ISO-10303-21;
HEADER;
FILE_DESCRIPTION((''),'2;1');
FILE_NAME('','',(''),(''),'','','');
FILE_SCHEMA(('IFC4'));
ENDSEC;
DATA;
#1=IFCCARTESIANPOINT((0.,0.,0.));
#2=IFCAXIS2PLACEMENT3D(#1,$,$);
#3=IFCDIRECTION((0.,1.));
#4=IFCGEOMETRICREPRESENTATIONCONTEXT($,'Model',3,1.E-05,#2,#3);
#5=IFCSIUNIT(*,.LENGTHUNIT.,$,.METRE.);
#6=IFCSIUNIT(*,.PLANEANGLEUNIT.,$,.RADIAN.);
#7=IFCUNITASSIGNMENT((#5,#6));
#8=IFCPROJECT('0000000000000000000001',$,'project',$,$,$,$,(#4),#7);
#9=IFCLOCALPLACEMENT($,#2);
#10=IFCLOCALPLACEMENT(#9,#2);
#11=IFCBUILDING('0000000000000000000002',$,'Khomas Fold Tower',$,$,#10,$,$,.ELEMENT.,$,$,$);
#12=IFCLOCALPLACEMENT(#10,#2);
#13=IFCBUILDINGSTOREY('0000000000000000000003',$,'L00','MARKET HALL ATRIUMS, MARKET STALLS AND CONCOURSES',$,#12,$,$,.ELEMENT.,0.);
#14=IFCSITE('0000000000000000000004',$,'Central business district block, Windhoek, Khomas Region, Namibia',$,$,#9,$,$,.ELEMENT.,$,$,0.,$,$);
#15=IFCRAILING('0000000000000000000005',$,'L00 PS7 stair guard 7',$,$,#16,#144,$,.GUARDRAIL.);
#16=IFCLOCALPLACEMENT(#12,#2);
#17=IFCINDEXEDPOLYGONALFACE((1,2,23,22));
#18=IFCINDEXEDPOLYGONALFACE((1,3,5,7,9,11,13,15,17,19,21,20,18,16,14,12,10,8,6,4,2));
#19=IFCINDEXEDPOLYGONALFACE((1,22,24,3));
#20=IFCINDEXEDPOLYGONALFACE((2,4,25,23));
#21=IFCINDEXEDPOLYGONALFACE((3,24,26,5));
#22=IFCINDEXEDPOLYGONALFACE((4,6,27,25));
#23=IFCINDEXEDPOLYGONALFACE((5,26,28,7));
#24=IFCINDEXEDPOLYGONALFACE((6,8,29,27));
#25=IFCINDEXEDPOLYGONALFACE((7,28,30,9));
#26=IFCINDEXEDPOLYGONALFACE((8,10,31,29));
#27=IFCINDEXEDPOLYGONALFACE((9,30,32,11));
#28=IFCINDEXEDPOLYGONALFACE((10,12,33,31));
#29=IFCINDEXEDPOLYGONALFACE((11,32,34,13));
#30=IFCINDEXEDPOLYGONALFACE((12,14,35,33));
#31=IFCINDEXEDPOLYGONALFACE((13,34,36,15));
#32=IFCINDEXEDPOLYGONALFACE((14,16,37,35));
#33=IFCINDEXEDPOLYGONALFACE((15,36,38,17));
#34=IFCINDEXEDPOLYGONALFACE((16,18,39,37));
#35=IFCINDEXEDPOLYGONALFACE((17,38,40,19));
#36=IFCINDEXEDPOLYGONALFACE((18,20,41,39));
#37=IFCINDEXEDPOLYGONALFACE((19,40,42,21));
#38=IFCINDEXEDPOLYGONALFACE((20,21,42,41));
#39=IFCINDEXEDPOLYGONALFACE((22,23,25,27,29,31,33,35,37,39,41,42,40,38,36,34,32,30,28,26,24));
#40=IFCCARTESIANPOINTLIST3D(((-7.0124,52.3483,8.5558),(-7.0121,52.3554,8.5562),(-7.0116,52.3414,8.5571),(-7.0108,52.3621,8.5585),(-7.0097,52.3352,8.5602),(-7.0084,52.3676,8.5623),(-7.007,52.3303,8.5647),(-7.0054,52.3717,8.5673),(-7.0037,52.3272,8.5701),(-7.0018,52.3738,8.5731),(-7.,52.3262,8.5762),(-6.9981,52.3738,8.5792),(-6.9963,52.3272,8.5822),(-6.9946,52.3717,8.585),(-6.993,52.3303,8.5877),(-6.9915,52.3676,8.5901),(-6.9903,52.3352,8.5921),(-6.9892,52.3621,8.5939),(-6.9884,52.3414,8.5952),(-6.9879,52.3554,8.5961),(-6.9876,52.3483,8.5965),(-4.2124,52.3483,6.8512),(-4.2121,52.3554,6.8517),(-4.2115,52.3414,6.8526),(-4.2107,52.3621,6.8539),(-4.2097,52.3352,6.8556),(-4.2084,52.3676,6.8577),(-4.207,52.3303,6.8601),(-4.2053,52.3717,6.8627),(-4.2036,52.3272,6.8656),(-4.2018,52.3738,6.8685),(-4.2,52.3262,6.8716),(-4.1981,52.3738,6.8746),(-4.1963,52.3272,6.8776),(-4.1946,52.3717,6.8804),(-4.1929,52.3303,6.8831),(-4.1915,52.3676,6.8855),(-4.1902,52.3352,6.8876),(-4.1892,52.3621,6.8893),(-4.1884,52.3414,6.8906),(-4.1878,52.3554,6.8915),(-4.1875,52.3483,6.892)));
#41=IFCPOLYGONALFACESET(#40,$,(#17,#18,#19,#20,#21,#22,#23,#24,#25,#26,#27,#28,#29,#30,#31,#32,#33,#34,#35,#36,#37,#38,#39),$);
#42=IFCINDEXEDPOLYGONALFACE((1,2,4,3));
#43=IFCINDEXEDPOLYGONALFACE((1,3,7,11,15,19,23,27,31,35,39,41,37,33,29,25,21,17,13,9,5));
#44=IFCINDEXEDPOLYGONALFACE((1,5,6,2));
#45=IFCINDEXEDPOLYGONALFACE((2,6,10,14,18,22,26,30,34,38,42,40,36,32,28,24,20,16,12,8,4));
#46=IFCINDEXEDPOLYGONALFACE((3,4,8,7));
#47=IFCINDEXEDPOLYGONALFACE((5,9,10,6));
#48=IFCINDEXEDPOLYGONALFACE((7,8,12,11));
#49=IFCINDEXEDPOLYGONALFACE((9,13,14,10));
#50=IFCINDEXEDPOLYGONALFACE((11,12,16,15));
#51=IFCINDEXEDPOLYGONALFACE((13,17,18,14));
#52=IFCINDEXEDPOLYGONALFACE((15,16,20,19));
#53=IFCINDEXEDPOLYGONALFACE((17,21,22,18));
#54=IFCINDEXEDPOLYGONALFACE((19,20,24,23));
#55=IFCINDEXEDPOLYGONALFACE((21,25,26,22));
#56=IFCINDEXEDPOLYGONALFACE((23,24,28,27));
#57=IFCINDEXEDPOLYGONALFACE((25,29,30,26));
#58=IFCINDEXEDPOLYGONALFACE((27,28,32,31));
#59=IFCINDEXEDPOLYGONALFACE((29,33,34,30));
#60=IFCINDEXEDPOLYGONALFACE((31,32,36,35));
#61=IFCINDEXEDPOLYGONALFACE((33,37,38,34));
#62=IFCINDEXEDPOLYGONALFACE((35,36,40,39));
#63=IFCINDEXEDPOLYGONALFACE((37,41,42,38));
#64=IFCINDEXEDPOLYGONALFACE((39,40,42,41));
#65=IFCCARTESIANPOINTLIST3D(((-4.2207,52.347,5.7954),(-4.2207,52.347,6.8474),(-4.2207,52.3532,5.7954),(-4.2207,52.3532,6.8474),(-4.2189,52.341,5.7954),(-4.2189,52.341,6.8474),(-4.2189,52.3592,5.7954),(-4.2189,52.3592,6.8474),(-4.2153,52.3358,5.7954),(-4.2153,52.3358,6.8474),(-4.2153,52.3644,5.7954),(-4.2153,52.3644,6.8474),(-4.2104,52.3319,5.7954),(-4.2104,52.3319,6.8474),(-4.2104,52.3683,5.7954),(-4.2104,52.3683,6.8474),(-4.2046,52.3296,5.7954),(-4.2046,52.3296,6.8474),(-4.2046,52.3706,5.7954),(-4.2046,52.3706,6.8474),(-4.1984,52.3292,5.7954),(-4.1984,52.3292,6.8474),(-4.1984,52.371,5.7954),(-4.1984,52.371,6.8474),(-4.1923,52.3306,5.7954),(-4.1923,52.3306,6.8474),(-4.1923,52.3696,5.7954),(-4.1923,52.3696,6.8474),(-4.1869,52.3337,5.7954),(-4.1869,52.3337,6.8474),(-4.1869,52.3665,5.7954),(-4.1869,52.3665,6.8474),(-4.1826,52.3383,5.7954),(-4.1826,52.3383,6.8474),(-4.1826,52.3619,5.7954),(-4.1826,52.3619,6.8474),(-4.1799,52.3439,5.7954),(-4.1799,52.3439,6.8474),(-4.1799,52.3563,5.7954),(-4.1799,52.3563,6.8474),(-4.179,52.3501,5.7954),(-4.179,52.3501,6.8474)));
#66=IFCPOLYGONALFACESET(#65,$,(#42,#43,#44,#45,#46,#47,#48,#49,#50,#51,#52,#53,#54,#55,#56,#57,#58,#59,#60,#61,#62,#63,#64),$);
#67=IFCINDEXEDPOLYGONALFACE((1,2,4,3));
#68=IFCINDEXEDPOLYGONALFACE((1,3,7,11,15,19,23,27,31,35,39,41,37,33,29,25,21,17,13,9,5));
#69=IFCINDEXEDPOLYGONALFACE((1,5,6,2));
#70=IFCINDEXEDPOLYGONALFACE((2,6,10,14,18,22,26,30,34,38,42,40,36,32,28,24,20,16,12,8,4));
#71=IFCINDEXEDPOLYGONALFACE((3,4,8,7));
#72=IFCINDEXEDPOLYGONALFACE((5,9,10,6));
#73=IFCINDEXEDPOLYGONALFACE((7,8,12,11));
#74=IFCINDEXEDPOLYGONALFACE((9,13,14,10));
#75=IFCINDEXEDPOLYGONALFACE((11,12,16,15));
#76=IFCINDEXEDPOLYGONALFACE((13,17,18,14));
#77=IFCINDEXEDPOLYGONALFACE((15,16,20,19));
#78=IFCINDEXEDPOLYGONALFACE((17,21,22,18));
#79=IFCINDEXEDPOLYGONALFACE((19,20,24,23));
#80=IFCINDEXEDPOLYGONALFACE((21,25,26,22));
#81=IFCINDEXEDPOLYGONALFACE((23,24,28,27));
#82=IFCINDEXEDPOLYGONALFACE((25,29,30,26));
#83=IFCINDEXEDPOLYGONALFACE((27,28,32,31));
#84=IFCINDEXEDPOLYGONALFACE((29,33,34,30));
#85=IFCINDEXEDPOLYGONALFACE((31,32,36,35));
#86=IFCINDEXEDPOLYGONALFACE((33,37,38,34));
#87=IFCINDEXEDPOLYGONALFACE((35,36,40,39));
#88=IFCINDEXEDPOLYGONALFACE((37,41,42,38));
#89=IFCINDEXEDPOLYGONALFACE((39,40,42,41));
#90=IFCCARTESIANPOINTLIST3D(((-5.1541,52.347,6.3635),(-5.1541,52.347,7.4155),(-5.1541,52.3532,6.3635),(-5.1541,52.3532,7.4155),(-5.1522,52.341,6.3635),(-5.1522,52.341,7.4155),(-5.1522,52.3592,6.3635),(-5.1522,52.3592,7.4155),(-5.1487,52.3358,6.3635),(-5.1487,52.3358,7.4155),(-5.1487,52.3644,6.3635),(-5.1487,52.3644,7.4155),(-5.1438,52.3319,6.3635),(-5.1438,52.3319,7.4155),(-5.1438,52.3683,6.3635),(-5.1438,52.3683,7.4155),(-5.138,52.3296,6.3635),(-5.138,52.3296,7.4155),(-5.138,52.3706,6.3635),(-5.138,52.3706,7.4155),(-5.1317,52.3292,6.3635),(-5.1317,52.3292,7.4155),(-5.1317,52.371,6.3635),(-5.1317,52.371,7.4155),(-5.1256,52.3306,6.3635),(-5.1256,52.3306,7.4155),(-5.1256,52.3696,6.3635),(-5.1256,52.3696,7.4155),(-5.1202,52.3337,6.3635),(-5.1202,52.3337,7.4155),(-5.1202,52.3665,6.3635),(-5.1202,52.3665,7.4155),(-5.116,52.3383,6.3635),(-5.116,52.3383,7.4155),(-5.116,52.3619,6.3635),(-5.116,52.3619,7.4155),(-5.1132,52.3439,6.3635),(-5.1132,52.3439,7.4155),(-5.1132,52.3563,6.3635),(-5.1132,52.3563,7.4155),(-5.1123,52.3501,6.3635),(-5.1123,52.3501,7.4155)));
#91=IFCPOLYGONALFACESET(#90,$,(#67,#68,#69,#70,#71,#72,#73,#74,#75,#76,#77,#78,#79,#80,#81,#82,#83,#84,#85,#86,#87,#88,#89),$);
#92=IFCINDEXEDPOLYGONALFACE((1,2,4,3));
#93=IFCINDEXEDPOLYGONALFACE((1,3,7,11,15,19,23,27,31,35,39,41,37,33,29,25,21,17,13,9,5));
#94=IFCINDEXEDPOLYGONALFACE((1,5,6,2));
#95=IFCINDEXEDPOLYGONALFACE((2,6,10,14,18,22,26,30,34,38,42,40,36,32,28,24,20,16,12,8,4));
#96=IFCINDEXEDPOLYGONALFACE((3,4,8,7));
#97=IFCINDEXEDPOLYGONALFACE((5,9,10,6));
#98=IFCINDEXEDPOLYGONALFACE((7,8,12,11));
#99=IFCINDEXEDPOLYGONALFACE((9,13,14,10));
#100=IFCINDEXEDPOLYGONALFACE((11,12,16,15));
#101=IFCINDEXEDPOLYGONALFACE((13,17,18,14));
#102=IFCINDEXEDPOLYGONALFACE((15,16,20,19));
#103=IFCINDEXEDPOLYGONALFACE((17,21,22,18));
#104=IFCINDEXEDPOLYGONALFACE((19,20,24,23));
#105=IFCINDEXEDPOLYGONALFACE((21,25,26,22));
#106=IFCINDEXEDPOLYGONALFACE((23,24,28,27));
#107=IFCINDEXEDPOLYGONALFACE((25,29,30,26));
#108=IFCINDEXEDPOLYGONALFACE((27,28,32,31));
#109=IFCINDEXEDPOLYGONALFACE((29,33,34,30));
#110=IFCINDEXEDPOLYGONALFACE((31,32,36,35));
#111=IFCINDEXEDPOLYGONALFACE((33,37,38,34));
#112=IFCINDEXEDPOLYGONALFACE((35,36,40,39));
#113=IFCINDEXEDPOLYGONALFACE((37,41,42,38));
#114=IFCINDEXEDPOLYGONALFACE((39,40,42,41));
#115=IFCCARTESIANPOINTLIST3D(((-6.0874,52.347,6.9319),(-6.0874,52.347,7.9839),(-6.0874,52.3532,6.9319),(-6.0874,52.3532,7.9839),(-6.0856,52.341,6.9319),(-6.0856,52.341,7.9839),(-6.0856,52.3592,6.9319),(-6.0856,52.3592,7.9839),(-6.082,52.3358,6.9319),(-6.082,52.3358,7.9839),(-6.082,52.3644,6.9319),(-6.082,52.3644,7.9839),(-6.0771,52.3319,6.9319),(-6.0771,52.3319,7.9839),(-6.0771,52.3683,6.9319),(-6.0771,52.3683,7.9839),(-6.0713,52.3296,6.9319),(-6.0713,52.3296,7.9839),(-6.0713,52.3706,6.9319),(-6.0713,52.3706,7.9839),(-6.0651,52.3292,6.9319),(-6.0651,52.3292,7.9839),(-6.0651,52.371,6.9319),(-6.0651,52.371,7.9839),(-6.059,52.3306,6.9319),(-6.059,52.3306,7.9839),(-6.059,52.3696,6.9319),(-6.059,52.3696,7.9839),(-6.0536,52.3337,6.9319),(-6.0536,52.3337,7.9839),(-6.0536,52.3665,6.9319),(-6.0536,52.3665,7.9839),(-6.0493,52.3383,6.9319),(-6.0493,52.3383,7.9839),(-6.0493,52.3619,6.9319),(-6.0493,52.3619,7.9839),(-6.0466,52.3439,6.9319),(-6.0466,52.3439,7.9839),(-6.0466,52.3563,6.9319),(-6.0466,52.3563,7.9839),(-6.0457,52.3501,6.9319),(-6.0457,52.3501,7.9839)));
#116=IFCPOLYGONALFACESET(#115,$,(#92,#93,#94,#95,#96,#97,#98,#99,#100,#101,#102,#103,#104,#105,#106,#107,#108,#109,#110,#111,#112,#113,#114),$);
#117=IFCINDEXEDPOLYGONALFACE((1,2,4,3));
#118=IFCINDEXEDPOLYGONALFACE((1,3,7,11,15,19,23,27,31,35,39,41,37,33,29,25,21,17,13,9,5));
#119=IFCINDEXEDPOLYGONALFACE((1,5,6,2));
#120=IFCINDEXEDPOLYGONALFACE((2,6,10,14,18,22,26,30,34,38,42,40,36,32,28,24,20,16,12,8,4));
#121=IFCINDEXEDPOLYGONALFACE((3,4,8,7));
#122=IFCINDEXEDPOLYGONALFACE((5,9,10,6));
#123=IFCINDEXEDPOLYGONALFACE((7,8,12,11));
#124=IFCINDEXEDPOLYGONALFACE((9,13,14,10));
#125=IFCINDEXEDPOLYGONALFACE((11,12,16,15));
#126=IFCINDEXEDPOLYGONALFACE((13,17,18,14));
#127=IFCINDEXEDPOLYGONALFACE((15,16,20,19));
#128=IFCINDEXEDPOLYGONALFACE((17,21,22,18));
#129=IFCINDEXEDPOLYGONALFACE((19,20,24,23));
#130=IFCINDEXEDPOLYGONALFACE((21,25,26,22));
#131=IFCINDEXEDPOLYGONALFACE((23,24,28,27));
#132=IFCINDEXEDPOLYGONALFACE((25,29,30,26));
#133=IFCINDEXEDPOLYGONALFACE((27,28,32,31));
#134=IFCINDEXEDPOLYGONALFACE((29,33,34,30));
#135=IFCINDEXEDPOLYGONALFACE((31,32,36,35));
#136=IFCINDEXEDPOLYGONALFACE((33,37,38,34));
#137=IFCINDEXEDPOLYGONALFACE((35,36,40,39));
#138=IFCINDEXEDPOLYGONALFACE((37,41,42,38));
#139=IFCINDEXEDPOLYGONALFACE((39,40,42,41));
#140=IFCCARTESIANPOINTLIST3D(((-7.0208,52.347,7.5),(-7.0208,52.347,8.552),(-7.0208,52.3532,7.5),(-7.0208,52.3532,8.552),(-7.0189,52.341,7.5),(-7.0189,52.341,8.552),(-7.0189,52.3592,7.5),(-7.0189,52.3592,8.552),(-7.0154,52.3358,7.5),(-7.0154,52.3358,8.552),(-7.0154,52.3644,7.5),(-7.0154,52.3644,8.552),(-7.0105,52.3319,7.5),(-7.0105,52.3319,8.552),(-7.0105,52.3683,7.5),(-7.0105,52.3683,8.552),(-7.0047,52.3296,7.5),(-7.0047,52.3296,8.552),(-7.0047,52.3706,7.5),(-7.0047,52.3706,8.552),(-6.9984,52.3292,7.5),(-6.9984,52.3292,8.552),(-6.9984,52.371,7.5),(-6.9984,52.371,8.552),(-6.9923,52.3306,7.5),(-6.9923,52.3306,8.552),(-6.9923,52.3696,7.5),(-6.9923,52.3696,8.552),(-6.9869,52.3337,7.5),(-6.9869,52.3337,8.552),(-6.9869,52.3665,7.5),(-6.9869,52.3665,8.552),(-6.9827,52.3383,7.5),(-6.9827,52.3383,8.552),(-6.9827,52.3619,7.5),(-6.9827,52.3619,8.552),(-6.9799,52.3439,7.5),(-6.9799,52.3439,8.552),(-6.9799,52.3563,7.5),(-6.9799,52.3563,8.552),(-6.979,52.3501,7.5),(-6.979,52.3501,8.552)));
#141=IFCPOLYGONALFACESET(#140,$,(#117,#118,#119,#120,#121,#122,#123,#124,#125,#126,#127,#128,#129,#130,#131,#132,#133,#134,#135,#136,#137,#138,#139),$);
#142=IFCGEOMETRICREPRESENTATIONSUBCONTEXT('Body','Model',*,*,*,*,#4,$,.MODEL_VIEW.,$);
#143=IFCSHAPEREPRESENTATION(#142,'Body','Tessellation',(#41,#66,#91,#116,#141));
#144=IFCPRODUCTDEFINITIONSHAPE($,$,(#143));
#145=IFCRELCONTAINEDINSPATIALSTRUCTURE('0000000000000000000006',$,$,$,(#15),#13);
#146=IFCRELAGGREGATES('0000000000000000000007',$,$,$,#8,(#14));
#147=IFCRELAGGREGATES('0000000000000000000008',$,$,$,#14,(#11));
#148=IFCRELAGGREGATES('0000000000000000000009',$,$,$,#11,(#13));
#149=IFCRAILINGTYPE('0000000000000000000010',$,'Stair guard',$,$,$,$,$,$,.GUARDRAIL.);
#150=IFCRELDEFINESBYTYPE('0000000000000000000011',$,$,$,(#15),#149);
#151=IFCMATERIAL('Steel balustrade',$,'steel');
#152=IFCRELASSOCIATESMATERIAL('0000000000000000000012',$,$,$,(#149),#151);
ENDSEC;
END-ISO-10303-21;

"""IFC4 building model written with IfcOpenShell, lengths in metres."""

from ifc_helpers import new_model, si_unit, direction, frame, origin, origin_2d, place, context, subcontext, project, spatial, circle, extrude, source, transform, mapped, material, type_object, element, save


model = new_model("IFC4")

# Units and contexts
model_context = context("Model", 3, precision=1e-05, world=origin(), true_north=direction((0.0, 1.0)))
body_context = subcontext(model_context, "Body", "Model", "MODEL_VIEW")
ifc_project = project(units=[si_unit("LENGTHUNIT", "METRE"), si_unit("PLANEANGLEUNIT", "RADIAN")], contexts=[model_context])

# Site, building, storey
site_placement = place(None, origin())
site = spatial("IfcSite", under=ifc_project, at=site_placement, Name="Central business district block, Windhoek, Khomas Region, Namibia", CompositionType="ELEMENT", RefElevation=0.0)
building_placement = place(site_placement, origin())
building = spatial("IfcBuilding", under=site, at=building_placement, Name="Khomas Fold Tower", CompositionType="ELEMENT")
storey_placement = place(building_placement, origin())
storey = spatial("IfcBuildingStorey", under=building, at=storey_placement, Name="L00", Description="MARKET HALL ATRIUMS, MARKET STALLS AND CONCOURSES", CompositionType="ELEMENT", Elevation=0.0)

# Railing
ifc_material_1 = material(Name="Steel balustrade", Category="steel")
railing_type_1 = type_object("IfcRailingType", Name="Stair guard", PredefinedType="GUARDRAIL", material=ifc_material_1)
shared_shape_1 = source(origin(), body_context, "Body", "SweptSolid", [
    extrude(circle(Radius=0.0239, at=origin_2d()), frame((0.0, 0.0, 1.0762), z_axis=(-0.85417, 0.0, 0.519994), x_axis=(0.0, -1.0, 0.0)), (0.0, 0.0, 1.0), 3.2781),
    extrude(circle(Radius=0.021, at=origin_2d()), origin(), (0.0, 0.0, 1.0), 1.052),
    extrude(circle(Radius=0.021, at=origin_2d()), frame((-0.9333, 0.0, 0.5681)), (0.0, 0.0, 1.0), 1.052),
    extrude(circle(Radius=0.021, at=origin_2d()), frame((-1.8667, 0.0, 1.1365)), (0.0, 0.0, 1.0), 1.052),
    extrude(circle(Radius=0.021, at=origin_2d()), frame((-2.8, 0.0, 1.7046)), (0.0, 0.0, 1.0), 1.052),
])
for number, where, name in (
    (1, (-4.2, 52.3501, 5.7954), "L00 PS7 stair guard 7"),
):
    element("IfcRailing", number, at=place(storey_placement, frame(where)), inside=storey, type_object=railing_type_1, Name=name, PredefinedType="GUARDRAIL", context=body_context, shape_type="MappedRepresentation", body=[
        mapped(shared_shape_1, transform((0.0, 0.0, 0.0))),
    ])

save(model, "model.ifc")
